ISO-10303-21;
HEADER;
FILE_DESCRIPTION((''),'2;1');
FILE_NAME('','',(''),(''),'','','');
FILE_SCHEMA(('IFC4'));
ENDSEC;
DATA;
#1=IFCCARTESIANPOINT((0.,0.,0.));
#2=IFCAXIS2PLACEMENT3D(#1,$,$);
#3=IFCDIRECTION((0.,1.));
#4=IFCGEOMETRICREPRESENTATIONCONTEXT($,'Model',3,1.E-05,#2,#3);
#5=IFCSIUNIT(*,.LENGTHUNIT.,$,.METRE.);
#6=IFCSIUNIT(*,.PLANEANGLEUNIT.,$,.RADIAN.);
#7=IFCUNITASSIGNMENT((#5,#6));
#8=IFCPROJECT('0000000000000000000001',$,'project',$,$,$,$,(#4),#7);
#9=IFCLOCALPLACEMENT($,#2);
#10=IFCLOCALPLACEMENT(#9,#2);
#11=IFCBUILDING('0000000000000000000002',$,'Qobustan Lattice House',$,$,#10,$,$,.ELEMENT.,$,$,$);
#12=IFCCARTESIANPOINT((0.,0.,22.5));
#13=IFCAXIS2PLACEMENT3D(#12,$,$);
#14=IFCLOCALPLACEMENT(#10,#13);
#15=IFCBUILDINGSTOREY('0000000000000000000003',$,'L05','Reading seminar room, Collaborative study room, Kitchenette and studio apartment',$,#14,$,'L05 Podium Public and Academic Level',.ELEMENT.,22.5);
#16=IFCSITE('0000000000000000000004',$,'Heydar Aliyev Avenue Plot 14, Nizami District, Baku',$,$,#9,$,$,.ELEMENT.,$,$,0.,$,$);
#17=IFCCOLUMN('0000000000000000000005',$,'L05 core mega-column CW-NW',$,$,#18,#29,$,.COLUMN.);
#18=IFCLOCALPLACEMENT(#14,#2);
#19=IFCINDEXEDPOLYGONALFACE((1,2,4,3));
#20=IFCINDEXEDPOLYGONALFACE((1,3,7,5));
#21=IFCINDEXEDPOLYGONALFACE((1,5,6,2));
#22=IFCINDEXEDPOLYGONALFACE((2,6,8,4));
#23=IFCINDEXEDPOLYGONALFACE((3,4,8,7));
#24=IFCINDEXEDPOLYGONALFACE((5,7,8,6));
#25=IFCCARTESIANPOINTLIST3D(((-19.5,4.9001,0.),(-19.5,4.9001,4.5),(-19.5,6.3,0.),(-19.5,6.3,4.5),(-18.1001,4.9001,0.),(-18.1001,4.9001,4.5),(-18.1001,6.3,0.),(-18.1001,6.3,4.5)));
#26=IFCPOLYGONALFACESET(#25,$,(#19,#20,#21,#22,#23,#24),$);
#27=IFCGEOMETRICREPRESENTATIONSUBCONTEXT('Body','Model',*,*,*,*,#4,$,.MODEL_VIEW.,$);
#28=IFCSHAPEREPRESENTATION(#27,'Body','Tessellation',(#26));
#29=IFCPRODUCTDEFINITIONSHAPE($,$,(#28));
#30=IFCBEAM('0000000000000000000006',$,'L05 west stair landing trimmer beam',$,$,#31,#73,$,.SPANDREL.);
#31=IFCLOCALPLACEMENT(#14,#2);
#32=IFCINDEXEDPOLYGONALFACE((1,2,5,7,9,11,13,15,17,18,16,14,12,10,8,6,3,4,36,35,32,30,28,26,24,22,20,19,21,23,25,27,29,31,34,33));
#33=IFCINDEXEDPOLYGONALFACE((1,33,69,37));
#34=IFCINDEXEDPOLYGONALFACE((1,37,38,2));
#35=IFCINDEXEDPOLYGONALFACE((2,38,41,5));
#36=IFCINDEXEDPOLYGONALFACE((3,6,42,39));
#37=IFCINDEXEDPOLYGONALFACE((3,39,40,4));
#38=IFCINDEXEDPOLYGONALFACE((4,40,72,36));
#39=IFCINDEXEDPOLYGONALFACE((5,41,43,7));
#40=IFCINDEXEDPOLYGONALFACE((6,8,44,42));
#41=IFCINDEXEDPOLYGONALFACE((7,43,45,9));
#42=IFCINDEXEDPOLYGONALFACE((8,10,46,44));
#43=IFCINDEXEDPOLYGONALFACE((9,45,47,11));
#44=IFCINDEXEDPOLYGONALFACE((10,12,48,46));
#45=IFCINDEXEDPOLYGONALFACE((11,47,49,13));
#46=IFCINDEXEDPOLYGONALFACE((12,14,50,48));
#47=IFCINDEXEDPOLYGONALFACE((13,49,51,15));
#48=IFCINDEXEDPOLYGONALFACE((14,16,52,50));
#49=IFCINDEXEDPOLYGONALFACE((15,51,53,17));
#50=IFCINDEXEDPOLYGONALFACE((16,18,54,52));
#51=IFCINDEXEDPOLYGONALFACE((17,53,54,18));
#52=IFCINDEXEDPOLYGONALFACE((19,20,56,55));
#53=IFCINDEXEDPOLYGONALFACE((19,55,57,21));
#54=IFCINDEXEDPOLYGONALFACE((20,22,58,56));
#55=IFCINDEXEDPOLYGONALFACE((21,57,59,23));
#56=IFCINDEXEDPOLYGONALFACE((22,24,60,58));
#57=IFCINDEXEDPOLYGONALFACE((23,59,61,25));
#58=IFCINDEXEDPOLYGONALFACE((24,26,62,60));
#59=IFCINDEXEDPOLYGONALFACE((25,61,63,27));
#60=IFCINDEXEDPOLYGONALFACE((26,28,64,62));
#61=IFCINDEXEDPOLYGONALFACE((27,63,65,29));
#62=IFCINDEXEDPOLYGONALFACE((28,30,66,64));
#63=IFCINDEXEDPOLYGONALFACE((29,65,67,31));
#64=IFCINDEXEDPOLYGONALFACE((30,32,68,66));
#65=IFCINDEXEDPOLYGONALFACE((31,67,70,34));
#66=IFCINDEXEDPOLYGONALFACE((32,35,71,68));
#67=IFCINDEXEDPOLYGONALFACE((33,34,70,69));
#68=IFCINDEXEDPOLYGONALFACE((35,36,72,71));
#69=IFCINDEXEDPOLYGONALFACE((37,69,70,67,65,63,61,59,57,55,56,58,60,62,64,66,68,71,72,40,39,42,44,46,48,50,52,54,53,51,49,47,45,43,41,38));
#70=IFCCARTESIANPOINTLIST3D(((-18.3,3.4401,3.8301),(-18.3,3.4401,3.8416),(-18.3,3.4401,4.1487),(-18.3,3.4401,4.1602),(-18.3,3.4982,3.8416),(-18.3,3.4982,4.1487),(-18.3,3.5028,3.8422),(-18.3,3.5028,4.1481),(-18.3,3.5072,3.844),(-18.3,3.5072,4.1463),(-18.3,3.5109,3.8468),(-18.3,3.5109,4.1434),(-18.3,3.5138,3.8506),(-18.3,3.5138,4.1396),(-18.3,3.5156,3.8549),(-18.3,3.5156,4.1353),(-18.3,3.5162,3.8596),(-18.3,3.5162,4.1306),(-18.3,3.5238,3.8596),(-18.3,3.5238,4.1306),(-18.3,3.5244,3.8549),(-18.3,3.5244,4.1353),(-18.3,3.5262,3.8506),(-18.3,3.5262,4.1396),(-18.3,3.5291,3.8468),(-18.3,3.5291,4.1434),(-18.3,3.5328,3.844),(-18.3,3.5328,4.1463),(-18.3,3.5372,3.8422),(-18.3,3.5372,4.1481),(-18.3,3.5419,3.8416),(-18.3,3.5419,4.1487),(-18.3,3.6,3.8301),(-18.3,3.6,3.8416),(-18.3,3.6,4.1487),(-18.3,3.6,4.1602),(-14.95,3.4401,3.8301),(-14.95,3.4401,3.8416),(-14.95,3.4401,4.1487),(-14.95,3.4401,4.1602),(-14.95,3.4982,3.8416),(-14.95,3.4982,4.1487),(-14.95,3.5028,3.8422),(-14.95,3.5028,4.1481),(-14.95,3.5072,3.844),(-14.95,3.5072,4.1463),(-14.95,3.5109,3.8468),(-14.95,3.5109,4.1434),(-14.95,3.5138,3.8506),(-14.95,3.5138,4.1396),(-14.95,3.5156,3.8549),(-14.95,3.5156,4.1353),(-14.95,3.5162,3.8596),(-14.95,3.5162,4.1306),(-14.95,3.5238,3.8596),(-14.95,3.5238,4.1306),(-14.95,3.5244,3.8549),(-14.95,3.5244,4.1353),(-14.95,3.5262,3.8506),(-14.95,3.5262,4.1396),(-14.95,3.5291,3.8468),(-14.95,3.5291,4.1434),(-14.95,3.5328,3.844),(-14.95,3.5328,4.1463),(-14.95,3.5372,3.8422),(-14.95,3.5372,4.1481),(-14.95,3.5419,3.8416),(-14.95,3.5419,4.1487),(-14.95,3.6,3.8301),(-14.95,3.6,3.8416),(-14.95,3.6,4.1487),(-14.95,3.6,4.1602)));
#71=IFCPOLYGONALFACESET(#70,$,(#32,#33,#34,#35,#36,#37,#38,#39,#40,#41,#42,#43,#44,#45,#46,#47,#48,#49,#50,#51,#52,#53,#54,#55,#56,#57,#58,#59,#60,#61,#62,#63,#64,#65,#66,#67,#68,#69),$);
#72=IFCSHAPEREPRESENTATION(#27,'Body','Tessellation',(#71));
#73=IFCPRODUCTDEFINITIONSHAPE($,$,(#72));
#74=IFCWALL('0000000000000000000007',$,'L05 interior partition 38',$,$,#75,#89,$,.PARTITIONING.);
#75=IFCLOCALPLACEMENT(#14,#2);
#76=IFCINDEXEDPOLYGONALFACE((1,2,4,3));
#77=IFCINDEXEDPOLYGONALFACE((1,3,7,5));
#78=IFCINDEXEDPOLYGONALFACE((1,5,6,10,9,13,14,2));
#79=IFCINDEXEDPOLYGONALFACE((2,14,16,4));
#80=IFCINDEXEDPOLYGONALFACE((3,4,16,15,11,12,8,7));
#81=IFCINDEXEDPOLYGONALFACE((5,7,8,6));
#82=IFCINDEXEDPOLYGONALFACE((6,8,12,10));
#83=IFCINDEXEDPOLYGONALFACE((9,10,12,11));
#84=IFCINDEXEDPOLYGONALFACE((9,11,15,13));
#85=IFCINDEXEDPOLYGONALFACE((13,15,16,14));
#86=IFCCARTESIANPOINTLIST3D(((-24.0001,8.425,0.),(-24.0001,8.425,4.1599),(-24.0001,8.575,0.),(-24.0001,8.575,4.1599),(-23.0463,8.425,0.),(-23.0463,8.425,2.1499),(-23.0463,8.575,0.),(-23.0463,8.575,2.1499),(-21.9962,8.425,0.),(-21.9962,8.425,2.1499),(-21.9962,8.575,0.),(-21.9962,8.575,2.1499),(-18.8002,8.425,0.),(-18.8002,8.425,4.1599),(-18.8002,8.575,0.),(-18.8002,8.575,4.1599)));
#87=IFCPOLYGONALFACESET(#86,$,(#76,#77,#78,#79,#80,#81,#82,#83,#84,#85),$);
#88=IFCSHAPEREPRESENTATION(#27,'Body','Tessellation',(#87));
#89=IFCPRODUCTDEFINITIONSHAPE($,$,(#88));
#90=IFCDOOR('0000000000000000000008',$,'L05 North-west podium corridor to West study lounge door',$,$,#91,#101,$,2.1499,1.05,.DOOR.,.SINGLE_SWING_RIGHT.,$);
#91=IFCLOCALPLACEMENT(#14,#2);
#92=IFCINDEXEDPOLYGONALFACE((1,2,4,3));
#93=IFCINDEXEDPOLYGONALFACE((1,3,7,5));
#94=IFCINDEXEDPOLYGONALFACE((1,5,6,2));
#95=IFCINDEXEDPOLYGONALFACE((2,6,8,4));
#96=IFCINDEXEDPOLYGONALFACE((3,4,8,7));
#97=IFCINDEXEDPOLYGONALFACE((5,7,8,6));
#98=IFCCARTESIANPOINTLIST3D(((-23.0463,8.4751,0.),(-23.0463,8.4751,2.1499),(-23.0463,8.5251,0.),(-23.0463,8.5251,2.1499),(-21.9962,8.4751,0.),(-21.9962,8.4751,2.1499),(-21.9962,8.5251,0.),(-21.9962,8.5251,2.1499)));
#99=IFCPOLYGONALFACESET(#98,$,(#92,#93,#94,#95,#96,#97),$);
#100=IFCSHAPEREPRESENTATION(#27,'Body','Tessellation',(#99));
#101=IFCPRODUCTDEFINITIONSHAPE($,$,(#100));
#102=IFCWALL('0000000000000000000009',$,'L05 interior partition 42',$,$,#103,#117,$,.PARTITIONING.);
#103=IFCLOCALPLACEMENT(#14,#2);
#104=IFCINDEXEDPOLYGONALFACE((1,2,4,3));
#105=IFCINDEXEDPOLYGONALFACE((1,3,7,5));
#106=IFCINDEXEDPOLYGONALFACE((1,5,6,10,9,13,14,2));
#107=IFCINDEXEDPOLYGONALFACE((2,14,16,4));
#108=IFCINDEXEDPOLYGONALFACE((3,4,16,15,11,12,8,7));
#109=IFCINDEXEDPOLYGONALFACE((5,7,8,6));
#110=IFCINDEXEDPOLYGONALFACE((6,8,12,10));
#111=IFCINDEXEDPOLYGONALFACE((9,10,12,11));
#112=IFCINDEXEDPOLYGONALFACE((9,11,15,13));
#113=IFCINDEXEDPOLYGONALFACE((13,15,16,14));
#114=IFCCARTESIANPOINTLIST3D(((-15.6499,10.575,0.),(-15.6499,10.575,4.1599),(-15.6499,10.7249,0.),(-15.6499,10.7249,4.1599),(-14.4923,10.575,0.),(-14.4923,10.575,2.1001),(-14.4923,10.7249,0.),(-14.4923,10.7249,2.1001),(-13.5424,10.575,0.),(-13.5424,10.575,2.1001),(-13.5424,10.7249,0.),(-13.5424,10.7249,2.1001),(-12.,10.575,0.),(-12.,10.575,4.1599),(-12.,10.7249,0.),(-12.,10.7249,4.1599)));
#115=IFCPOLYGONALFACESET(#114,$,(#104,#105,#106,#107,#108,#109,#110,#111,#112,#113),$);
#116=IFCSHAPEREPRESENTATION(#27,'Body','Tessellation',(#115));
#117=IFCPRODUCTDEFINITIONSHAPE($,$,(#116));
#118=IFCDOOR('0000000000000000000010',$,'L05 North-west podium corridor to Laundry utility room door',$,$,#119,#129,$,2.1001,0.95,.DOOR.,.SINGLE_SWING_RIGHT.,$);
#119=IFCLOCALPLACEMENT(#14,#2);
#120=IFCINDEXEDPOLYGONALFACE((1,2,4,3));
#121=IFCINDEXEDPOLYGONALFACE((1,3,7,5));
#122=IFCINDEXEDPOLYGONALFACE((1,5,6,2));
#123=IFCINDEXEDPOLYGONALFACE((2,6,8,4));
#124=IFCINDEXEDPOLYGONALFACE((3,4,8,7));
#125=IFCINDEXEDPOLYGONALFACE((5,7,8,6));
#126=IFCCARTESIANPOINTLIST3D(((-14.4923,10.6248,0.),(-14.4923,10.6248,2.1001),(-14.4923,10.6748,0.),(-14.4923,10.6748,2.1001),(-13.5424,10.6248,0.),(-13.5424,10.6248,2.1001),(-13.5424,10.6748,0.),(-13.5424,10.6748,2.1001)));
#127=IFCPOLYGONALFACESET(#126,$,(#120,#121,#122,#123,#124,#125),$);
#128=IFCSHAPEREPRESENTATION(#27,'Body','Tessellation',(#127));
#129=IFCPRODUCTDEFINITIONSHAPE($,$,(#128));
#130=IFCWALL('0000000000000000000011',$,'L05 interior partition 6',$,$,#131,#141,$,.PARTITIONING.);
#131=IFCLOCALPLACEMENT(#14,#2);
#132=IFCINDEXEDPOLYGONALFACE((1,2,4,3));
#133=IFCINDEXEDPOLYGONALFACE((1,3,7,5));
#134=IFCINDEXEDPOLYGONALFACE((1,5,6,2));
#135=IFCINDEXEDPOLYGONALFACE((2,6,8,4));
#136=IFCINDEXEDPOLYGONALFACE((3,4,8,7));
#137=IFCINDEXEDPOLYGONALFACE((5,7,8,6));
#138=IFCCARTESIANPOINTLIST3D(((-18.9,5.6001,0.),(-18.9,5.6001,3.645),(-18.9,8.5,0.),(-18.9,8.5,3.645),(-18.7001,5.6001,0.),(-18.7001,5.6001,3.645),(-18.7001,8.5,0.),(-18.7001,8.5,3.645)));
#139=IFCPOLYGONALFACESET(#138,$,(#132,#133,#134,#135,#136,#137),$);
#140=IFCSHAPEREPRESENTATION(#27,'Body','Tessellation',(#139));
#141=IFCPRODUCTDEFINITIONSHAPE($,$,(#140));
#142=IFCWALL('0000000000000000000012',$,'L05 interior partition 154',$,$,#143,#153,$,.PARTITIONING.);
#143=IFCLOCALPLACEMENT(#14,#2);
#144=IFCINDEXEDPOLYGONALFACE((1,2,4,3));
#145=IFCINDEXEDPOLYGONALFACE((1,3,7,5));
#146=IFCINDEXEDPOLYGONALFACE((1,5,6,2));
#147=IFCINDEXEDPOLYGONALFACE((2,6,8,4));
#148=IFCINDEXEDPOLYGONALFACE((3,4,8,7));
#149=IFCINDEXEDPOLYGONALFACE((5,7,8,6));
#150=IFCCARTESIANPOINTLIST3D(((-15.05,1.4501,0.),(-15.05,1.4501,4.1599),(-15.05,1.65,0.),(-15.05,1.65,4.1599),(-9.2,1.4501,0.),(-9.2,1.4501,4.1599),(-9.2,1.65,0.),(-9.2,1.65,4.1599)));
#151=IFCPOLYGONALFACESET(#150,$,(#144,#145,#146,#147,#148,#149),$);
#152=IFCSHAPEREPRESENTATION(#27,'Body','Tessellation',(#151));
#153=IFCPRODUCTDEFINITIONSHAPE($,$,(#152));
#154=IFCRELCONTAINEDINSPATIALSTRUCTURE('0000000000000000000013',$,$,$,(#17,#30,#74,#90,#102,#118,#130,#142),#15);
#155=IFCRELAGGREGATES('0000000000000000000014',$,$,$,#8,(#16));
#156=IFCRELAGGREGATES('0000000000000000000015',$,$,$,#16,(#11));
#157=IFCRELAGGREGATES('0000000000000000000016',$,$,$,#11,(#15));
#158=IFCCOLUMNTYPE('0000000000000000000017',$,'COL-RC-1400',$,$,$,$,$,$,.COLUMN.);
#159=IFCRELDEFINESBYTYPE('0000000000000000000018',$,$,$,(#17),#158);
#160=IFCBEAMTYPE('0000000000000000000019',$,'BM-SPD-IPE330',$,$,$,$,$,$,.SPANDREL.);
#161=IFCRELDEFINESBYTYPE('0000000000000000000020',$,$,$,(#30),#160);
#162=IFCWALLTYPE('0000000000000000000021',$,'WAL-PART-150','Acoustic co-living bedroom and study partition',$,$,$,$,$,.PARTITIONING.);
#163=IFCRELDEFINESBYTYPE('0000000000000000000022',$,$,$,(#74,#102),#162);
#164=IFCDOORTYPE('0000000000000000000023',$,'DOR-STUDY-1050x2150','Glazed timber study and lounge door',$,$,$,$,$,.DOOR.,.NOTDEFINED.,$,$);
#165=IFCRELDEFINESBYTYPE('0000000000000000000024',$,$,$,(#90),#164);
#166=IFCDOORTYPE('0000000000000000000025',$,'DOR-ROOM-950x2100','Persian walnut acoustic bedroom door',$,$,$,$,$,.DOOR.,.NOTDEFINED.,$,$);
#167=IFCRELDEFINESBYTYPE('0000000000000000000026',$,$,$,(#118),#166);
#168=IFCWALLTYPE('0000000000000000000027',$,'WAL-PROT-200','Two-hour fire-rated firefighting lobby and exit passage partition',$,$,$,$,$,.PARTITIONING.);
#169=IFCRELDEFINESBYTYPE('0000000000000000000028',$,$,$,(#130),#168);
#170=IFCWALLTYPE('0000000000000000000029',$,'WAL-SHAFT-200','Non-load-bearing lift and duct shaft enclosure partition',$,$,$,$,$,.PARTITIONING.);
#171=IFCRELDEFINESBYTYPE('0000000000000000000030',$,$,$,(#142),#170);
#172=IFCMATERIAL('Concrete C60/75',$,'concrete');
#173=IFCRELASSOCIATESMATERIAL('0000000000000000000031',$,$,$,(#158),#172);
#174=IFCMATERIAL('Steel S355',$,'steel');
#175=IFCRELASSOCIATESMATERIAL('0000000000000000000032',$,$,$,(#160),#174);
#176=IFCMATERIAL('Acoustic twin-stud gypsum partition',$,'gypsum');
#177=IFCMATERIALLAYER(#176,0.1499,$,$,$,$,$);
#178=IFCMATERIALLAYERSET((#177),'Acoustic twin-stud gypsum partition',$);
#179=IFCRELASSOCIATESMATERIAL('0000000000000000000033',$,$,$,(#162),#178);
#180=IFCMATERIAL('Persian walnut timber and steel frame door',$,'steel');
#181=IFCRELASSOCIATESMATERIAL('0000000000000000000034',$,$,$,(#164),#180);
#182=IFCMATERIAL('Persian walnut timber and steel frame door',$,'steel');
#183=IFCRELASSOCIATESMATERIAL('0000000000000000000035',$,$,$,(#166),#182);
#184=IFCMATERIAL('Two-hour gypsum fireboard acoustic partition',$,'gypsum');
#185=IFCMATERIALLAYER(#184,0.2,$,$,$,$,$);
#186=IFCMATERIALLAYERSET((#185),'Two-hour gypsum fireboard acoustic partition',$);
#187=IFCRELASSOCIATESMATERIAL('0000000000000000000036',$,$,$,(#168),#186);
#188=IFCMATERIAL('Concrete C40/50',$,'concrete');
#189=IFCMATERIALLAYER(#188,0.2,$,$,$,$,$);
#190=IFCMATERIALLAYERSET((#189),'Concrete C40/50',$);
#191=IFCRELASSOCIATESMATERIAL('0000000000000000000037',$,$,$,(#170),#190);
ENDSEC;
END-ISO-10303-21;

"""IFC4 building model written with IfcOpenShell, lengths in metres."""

from ifc_helpers import new_model, si_unit, direction, frame, frame_2d, origin, origin_2d, place, context, subcontext, project, spatial, rectangle, i_section, extrude, material, layer, layer_set, material_profile, profile_set, type_object, element, fill, save


model = new_model("IFC4")

# Units and contexts
model_context = context("Model", 3, precision=1e-05, world=origin(), true_north=direction((0.0, 1.0)))
body_context = subcontext(model_context, "Body", "Model", "MODEL_VIEW")
ifc_project = project(units=[si_unit("LENGTHUNIT", "METRE"), si_unit("PLANEANGLEUNIT", "RADIAN")], contexts=[model_context])

# Site, building, storey
site_placement = place(None, origin())
site = spatial("IfcSite", under=ifc_project, at=site_placement, Name="Heydar Aliyev Avenue Plot 14, Nizami District, Baku", CompositionType="ELEMENT", RefElevation=0.0)
building_placement = place(site_placement, origin())
building = spatial("IfcBuilding", under=site, at=building_placement, Name="Qobustan Lattice House", CompositionType="ELEMENT")
storey_placement = place(building_placement, frame((0.0, 0.0, 22.5)))
storey = spatial("IfcBuildingStorey", under=building, at=storey_placement, Name="L05", Description="Reading seminar room, Collaborative study room, Kitchenette and studio apartment", LongName="L05 Podium Public and Academic Level", CompositionType="ELEMENT", Elevation=22.5)

# Column
ifc_material_1 = material(Name="Concrete C60/75", Category="concrete")
ifc_material_profile_1 = material_profile(ifc_material_1, rectangle(XDim=1.3999, YDim=1.3999, at=origin_2d()), Name="RC1400x1400")
ifc_profile_set_1 = profile_set([ifc_material_profile_1], Name="Concrete C60/75")
column_type = type_object("IfcColumnType", Name="COL-RC-1400", PredefinedType="COLUMN", material=ifc_profile_set_1)
column_placement = place(storey_placement, frame((-18.8, 5.6001, 0.0), z_axis=(0.0, 0.0, 1.0), x_axis=(1.0, 0.0, 0.0)))
element("IfcColumn", 1, at=column_placement, inside=storey, type_object=column_type, Name="L05 core mega-column CW-NW", PredefinedType="COLUMN", context=body_context, shape_type="SweptSolid", body=[
    extrude(rectangle(XDim=1.3999, YDim=1.3999, at=origin_2d()), origin(), (0.0, 0.0, 1.0), 4.5),
])

# Beam
ifc_material_2 = material(Name="Steel S355", Category="steel")
ifc_material_profile_2 = material_profile(ifc_material_2, i_section(OverallWidth=0.1599, OverallDepth=0.3301, WebThickness=0.0076, FlangeThickness=0.0115, FilletRadius=0.0181, at=origin_2d()), Name="IPE330")
ifc_profile_set_2 = profile_set([ifc_material_profile_2], Name="Steel S355")
beam_type = type_object("IfcBeamType", Name="BM-SPD-IPE330", PredefinedType="SPANDREL", material=ifc_profile_set_2)
beam_placement = place(storey_placement, frame((-18.3, 3.52, 3.9951), z_axis=(1.0, 0.0, 0.0), x_axis=(0.0, 1.0, 0.0)))
element("IfcBeam", 2, at=beam_placement, inside=storey, type_object=beam_type, Name="L05 west stair landing trimmer beam", PredefinedType="SPANDREL", context=body_context, shape_type="SweptSolid", body=[
    extrude(i_section(OverallWidth=0.1599, OverallDepth=0.3301, WebThickness=0.0076, FlangeThickness=0.0115, FilletRadius=0.0181, at=origin_2d()), origin(), (0.0, 0.0, 1.0), 3.3501),
])

# Walls, openings, doors
ifc_material_3 = material(Name="Acoustic twin-stud gypsum partition", Category="gypsum")
ifc_layer_1 = layer(ifc_material_3, 0.1499)
ifc_layer_set_1 = layer_set([ifc_layer_1], Name="Acoustic twin-stud gypsum partition")
wall_type_1 = type_object("IfcWallType", Name="WAL-PART-150", Description="Acoustic co-living bedroom and study partition", PredefinedType="PARTITIONING", material=ifc_layer_set_1)
wall_1_placement = place(storey_placement, frame((-18.8, 8.5, 0.0), z_axis=(0.0, 0.0, 1.0), x_axis=(-1.0, 0.0, 0.0)))
wall_1 = element("IfcWall", 3, at=wall_1_placement, inside=storey, type_object=wall_type_1, Name="L05 interior partition 38", PredefinedType="PARTITIONING", context=body_context, shape_type="SweptSolid", body=[
    extrude(rectangle(XDim=5.2, YDim=0.1499, at=frame_2d((2.6001, 0.0))), origin(), (0.0, 0.0, 1.0), 4.1599),
])
opening_1_placement = place(wall_1_placement, frame((3.1963, 0.0, 0.0)))
opening_1 = element("IfcOpeningElement", 4, at=opening_1_placement, cuts=wall_1, PredefinedType="OPENING", context=body_context, shape_type="SweptSolid", body=[
    extrude(rectangle(XDim=1.05, YDim=2.1499, at=frame_2d((0.5249, 1.075))), frame((0.0, 0.085, 0.0), z_axis=(0.0, -1.0, 0.0), x_axis=(1.0, 0.0, 0.0)), (0.0, 0.0, 1.0), 0.1699),
])
ifc_material_4 = material(Name="Persian walnut timber and steel frame door", Category="steel")
door_type_1 = type_object("IfcDoorType", Name="DOR-STUDY-1050x2150", Description="Glazed timber study and lounge door", OperationType="NOTDEFINED", PredefinedType="DOOR", material=ifc_material_4)
door_1_placement = place(opening_1_placement, origin())
door_1 = element("IfcDoor", 5, at=door_1_placement, inside=storey, type_object=door_type_1, Name="L05 North-west podium corridor to West study lounge door", OperationType="SINGLE_SWING_RIGHT", OverallHeight=2.1499, OverallWidth=1.05, PredefinedType="DOOR", context=body_context, shape_type="SweptSolid", body=[
    extrude(rectangle(XDim=1.05, YDim=2.1499, at=frame_2d((0.5249, 1.075))), frame((0.0, 0.0249, 0.0), z_axis=(0.0, -1.0, 0.0), x_axis=(1.0, 0.0, 0.0)), (0.0, 0.0, 1.0), 0.05),
])
fill(opening_1, door_1)
wall_2_placement = place(storey_placement, frame((-15.6499, 10.6499, 0.0), z_axis=(0.0, 0.0, 1.0), x_axis=(1.0, 0.0, 0.0)))
wall_2 = element("IfcWall", 6, at=wall_2_placement, inside=storey, type_object=wall_type_1, Name="L05 interior partition 42", PredefinedType="PARTITIONING", context=body_context, shape_type="SweptSolid", body=[
    extrude(rectangle(XDim=3.6499, YDim=0.1499, at=frame_2d((1.825, 0.0))), origin(), (0.0, 0.0, 1.0), 4.1599),
])
opening_2_placement = place(wall_2_placement, frame((1.1575, 0.0, 0.0)))
opening_2 = element("IfcOpeningElement", 7, at=opening_2_placement, cuts=wall_2, PredefinedType="OPENING", context=body_context, shape_type="SweptSolid", body=[
    extrude(rectangle(XDim=0.95, YDim=2.1001, at=frame_2d((0.4751, 1.05))), frame((0.0, 0.085, 0.0), z_axis=(0.0, -1.0, 0.0), x_axis=(1.0, 0.0, 0.0)), (0.0, 0.0, 1.0), 0.1699),
])
ifc_material_5 = material(Name="Persian walnut timber and steel frame door", Category="steel")
door_type_2 = type_object("IfcDoorType", Name="DOR-ROOM-950x2100", Description="Persian walnut acoustic bedroom door", OperationType="NOTDEFINED", PredefinedType="DOOR", material=ifc_material_5)
door_2_placement = place(opening_2_placement, origin())
door_2 = element("IfcDoor", 8, at=door_2_placement, inside=storey, type_object=door_type_2, Name="L05 North-west podium corridor to Laundry utility room door", OperationType="SINGLE_SWING_RIGHT", OverallHeight=2.1001, OverallWidth=0.95, PredefinedType="DOOR", context=body_context, shape_type="SweptSolid", body=[
    extrude(rectangle(XDim=0.95, YDim=2.1001, at=frame_2d((0.4751, 1.05))), frame((0.0, 0.0249, 0.0), z_axis=(0.0, -1.0, 0.0), x_axis=(1.0, 0.0, 0.0)), (0.0, 0.0, 1.0), 0.05),
])
fill(opening_2, door_2)

# Walls
ifc_material_6 = material(Name="Two-hour gypsum fireboard acoustic partition", Category="gypsum")
ifc_layer_2 = layer(ifc_material_6, 0.2)
ifc_layer_set_2 = layer_set([ifc_layer_2], Name="Two-hour gypsum fireboard acoustic partition")
wall_type_2 = type_object("IfcWallType", Name="WAL-PROT-200", Description="Two-hour fire-rated firefighting lobby and exit passage partition", PredefinedType="PARTITIONING", material=ifc_layer_set_2)
wall_3_placement = place(storey_placement, frame((-18.8, 8.5, 0.0), z_axis=(0.0, 0.0, 1.0), x_axis=(0.0, -1.0, 0.0)))
element("IfcWall", 9, at=wall_3_placement, inside=storey, type_object=wall_type_2, Name="L05 interior partition 6", PredefinedType="PARTITIONING", context=body_context, shape_type="SweptSolid", body=[
    extrude(rectangle(XDim=2.8999, YDim=0.2, at=frame_2d((1.45, 0.0))), origin(), (0.0, 0.0, 1.0), 3.645),
])
ifc_material_7 = material(Name="Concrete C40/50", Category="concrete")
ifc_layer_3 = layer(ifc_material_7, 0.2)
ifc_layer_set_3 = layer_set([ifc_layer_3], Name="Concrete C40/50")
wall_type_3 = type_object("IfcWallType", Name="WAL-SHAFT-200", Description="Non-load-bearing lift and duct shaft enclosure partition", PredefinedType="PARTITIONING", material=ifc_layer_set_3)
wall_4_placement = place(storey_placement, frame((-15.05, 1.55, 0.0), z_axis=(0.0, 0.0, 1.0), x_axis=(1.0, 0.0, 0.0)))
element("IfcWall", 10, at=wall_4_placement, inside=storey, type_object=wall_type_3, Name="L05 interior partition 154", PredefinedType="PARTITIONING", context=body_context, shape_type="SweptSolid", body=[
    extrude(rectangle(XDim=5.8501, YDim=0.2, at=frame_2d((2.925, 0.0))), origin(), (0.0, 0.0, 1.0), 4.1599),
])

save(model, "model.ifc")
